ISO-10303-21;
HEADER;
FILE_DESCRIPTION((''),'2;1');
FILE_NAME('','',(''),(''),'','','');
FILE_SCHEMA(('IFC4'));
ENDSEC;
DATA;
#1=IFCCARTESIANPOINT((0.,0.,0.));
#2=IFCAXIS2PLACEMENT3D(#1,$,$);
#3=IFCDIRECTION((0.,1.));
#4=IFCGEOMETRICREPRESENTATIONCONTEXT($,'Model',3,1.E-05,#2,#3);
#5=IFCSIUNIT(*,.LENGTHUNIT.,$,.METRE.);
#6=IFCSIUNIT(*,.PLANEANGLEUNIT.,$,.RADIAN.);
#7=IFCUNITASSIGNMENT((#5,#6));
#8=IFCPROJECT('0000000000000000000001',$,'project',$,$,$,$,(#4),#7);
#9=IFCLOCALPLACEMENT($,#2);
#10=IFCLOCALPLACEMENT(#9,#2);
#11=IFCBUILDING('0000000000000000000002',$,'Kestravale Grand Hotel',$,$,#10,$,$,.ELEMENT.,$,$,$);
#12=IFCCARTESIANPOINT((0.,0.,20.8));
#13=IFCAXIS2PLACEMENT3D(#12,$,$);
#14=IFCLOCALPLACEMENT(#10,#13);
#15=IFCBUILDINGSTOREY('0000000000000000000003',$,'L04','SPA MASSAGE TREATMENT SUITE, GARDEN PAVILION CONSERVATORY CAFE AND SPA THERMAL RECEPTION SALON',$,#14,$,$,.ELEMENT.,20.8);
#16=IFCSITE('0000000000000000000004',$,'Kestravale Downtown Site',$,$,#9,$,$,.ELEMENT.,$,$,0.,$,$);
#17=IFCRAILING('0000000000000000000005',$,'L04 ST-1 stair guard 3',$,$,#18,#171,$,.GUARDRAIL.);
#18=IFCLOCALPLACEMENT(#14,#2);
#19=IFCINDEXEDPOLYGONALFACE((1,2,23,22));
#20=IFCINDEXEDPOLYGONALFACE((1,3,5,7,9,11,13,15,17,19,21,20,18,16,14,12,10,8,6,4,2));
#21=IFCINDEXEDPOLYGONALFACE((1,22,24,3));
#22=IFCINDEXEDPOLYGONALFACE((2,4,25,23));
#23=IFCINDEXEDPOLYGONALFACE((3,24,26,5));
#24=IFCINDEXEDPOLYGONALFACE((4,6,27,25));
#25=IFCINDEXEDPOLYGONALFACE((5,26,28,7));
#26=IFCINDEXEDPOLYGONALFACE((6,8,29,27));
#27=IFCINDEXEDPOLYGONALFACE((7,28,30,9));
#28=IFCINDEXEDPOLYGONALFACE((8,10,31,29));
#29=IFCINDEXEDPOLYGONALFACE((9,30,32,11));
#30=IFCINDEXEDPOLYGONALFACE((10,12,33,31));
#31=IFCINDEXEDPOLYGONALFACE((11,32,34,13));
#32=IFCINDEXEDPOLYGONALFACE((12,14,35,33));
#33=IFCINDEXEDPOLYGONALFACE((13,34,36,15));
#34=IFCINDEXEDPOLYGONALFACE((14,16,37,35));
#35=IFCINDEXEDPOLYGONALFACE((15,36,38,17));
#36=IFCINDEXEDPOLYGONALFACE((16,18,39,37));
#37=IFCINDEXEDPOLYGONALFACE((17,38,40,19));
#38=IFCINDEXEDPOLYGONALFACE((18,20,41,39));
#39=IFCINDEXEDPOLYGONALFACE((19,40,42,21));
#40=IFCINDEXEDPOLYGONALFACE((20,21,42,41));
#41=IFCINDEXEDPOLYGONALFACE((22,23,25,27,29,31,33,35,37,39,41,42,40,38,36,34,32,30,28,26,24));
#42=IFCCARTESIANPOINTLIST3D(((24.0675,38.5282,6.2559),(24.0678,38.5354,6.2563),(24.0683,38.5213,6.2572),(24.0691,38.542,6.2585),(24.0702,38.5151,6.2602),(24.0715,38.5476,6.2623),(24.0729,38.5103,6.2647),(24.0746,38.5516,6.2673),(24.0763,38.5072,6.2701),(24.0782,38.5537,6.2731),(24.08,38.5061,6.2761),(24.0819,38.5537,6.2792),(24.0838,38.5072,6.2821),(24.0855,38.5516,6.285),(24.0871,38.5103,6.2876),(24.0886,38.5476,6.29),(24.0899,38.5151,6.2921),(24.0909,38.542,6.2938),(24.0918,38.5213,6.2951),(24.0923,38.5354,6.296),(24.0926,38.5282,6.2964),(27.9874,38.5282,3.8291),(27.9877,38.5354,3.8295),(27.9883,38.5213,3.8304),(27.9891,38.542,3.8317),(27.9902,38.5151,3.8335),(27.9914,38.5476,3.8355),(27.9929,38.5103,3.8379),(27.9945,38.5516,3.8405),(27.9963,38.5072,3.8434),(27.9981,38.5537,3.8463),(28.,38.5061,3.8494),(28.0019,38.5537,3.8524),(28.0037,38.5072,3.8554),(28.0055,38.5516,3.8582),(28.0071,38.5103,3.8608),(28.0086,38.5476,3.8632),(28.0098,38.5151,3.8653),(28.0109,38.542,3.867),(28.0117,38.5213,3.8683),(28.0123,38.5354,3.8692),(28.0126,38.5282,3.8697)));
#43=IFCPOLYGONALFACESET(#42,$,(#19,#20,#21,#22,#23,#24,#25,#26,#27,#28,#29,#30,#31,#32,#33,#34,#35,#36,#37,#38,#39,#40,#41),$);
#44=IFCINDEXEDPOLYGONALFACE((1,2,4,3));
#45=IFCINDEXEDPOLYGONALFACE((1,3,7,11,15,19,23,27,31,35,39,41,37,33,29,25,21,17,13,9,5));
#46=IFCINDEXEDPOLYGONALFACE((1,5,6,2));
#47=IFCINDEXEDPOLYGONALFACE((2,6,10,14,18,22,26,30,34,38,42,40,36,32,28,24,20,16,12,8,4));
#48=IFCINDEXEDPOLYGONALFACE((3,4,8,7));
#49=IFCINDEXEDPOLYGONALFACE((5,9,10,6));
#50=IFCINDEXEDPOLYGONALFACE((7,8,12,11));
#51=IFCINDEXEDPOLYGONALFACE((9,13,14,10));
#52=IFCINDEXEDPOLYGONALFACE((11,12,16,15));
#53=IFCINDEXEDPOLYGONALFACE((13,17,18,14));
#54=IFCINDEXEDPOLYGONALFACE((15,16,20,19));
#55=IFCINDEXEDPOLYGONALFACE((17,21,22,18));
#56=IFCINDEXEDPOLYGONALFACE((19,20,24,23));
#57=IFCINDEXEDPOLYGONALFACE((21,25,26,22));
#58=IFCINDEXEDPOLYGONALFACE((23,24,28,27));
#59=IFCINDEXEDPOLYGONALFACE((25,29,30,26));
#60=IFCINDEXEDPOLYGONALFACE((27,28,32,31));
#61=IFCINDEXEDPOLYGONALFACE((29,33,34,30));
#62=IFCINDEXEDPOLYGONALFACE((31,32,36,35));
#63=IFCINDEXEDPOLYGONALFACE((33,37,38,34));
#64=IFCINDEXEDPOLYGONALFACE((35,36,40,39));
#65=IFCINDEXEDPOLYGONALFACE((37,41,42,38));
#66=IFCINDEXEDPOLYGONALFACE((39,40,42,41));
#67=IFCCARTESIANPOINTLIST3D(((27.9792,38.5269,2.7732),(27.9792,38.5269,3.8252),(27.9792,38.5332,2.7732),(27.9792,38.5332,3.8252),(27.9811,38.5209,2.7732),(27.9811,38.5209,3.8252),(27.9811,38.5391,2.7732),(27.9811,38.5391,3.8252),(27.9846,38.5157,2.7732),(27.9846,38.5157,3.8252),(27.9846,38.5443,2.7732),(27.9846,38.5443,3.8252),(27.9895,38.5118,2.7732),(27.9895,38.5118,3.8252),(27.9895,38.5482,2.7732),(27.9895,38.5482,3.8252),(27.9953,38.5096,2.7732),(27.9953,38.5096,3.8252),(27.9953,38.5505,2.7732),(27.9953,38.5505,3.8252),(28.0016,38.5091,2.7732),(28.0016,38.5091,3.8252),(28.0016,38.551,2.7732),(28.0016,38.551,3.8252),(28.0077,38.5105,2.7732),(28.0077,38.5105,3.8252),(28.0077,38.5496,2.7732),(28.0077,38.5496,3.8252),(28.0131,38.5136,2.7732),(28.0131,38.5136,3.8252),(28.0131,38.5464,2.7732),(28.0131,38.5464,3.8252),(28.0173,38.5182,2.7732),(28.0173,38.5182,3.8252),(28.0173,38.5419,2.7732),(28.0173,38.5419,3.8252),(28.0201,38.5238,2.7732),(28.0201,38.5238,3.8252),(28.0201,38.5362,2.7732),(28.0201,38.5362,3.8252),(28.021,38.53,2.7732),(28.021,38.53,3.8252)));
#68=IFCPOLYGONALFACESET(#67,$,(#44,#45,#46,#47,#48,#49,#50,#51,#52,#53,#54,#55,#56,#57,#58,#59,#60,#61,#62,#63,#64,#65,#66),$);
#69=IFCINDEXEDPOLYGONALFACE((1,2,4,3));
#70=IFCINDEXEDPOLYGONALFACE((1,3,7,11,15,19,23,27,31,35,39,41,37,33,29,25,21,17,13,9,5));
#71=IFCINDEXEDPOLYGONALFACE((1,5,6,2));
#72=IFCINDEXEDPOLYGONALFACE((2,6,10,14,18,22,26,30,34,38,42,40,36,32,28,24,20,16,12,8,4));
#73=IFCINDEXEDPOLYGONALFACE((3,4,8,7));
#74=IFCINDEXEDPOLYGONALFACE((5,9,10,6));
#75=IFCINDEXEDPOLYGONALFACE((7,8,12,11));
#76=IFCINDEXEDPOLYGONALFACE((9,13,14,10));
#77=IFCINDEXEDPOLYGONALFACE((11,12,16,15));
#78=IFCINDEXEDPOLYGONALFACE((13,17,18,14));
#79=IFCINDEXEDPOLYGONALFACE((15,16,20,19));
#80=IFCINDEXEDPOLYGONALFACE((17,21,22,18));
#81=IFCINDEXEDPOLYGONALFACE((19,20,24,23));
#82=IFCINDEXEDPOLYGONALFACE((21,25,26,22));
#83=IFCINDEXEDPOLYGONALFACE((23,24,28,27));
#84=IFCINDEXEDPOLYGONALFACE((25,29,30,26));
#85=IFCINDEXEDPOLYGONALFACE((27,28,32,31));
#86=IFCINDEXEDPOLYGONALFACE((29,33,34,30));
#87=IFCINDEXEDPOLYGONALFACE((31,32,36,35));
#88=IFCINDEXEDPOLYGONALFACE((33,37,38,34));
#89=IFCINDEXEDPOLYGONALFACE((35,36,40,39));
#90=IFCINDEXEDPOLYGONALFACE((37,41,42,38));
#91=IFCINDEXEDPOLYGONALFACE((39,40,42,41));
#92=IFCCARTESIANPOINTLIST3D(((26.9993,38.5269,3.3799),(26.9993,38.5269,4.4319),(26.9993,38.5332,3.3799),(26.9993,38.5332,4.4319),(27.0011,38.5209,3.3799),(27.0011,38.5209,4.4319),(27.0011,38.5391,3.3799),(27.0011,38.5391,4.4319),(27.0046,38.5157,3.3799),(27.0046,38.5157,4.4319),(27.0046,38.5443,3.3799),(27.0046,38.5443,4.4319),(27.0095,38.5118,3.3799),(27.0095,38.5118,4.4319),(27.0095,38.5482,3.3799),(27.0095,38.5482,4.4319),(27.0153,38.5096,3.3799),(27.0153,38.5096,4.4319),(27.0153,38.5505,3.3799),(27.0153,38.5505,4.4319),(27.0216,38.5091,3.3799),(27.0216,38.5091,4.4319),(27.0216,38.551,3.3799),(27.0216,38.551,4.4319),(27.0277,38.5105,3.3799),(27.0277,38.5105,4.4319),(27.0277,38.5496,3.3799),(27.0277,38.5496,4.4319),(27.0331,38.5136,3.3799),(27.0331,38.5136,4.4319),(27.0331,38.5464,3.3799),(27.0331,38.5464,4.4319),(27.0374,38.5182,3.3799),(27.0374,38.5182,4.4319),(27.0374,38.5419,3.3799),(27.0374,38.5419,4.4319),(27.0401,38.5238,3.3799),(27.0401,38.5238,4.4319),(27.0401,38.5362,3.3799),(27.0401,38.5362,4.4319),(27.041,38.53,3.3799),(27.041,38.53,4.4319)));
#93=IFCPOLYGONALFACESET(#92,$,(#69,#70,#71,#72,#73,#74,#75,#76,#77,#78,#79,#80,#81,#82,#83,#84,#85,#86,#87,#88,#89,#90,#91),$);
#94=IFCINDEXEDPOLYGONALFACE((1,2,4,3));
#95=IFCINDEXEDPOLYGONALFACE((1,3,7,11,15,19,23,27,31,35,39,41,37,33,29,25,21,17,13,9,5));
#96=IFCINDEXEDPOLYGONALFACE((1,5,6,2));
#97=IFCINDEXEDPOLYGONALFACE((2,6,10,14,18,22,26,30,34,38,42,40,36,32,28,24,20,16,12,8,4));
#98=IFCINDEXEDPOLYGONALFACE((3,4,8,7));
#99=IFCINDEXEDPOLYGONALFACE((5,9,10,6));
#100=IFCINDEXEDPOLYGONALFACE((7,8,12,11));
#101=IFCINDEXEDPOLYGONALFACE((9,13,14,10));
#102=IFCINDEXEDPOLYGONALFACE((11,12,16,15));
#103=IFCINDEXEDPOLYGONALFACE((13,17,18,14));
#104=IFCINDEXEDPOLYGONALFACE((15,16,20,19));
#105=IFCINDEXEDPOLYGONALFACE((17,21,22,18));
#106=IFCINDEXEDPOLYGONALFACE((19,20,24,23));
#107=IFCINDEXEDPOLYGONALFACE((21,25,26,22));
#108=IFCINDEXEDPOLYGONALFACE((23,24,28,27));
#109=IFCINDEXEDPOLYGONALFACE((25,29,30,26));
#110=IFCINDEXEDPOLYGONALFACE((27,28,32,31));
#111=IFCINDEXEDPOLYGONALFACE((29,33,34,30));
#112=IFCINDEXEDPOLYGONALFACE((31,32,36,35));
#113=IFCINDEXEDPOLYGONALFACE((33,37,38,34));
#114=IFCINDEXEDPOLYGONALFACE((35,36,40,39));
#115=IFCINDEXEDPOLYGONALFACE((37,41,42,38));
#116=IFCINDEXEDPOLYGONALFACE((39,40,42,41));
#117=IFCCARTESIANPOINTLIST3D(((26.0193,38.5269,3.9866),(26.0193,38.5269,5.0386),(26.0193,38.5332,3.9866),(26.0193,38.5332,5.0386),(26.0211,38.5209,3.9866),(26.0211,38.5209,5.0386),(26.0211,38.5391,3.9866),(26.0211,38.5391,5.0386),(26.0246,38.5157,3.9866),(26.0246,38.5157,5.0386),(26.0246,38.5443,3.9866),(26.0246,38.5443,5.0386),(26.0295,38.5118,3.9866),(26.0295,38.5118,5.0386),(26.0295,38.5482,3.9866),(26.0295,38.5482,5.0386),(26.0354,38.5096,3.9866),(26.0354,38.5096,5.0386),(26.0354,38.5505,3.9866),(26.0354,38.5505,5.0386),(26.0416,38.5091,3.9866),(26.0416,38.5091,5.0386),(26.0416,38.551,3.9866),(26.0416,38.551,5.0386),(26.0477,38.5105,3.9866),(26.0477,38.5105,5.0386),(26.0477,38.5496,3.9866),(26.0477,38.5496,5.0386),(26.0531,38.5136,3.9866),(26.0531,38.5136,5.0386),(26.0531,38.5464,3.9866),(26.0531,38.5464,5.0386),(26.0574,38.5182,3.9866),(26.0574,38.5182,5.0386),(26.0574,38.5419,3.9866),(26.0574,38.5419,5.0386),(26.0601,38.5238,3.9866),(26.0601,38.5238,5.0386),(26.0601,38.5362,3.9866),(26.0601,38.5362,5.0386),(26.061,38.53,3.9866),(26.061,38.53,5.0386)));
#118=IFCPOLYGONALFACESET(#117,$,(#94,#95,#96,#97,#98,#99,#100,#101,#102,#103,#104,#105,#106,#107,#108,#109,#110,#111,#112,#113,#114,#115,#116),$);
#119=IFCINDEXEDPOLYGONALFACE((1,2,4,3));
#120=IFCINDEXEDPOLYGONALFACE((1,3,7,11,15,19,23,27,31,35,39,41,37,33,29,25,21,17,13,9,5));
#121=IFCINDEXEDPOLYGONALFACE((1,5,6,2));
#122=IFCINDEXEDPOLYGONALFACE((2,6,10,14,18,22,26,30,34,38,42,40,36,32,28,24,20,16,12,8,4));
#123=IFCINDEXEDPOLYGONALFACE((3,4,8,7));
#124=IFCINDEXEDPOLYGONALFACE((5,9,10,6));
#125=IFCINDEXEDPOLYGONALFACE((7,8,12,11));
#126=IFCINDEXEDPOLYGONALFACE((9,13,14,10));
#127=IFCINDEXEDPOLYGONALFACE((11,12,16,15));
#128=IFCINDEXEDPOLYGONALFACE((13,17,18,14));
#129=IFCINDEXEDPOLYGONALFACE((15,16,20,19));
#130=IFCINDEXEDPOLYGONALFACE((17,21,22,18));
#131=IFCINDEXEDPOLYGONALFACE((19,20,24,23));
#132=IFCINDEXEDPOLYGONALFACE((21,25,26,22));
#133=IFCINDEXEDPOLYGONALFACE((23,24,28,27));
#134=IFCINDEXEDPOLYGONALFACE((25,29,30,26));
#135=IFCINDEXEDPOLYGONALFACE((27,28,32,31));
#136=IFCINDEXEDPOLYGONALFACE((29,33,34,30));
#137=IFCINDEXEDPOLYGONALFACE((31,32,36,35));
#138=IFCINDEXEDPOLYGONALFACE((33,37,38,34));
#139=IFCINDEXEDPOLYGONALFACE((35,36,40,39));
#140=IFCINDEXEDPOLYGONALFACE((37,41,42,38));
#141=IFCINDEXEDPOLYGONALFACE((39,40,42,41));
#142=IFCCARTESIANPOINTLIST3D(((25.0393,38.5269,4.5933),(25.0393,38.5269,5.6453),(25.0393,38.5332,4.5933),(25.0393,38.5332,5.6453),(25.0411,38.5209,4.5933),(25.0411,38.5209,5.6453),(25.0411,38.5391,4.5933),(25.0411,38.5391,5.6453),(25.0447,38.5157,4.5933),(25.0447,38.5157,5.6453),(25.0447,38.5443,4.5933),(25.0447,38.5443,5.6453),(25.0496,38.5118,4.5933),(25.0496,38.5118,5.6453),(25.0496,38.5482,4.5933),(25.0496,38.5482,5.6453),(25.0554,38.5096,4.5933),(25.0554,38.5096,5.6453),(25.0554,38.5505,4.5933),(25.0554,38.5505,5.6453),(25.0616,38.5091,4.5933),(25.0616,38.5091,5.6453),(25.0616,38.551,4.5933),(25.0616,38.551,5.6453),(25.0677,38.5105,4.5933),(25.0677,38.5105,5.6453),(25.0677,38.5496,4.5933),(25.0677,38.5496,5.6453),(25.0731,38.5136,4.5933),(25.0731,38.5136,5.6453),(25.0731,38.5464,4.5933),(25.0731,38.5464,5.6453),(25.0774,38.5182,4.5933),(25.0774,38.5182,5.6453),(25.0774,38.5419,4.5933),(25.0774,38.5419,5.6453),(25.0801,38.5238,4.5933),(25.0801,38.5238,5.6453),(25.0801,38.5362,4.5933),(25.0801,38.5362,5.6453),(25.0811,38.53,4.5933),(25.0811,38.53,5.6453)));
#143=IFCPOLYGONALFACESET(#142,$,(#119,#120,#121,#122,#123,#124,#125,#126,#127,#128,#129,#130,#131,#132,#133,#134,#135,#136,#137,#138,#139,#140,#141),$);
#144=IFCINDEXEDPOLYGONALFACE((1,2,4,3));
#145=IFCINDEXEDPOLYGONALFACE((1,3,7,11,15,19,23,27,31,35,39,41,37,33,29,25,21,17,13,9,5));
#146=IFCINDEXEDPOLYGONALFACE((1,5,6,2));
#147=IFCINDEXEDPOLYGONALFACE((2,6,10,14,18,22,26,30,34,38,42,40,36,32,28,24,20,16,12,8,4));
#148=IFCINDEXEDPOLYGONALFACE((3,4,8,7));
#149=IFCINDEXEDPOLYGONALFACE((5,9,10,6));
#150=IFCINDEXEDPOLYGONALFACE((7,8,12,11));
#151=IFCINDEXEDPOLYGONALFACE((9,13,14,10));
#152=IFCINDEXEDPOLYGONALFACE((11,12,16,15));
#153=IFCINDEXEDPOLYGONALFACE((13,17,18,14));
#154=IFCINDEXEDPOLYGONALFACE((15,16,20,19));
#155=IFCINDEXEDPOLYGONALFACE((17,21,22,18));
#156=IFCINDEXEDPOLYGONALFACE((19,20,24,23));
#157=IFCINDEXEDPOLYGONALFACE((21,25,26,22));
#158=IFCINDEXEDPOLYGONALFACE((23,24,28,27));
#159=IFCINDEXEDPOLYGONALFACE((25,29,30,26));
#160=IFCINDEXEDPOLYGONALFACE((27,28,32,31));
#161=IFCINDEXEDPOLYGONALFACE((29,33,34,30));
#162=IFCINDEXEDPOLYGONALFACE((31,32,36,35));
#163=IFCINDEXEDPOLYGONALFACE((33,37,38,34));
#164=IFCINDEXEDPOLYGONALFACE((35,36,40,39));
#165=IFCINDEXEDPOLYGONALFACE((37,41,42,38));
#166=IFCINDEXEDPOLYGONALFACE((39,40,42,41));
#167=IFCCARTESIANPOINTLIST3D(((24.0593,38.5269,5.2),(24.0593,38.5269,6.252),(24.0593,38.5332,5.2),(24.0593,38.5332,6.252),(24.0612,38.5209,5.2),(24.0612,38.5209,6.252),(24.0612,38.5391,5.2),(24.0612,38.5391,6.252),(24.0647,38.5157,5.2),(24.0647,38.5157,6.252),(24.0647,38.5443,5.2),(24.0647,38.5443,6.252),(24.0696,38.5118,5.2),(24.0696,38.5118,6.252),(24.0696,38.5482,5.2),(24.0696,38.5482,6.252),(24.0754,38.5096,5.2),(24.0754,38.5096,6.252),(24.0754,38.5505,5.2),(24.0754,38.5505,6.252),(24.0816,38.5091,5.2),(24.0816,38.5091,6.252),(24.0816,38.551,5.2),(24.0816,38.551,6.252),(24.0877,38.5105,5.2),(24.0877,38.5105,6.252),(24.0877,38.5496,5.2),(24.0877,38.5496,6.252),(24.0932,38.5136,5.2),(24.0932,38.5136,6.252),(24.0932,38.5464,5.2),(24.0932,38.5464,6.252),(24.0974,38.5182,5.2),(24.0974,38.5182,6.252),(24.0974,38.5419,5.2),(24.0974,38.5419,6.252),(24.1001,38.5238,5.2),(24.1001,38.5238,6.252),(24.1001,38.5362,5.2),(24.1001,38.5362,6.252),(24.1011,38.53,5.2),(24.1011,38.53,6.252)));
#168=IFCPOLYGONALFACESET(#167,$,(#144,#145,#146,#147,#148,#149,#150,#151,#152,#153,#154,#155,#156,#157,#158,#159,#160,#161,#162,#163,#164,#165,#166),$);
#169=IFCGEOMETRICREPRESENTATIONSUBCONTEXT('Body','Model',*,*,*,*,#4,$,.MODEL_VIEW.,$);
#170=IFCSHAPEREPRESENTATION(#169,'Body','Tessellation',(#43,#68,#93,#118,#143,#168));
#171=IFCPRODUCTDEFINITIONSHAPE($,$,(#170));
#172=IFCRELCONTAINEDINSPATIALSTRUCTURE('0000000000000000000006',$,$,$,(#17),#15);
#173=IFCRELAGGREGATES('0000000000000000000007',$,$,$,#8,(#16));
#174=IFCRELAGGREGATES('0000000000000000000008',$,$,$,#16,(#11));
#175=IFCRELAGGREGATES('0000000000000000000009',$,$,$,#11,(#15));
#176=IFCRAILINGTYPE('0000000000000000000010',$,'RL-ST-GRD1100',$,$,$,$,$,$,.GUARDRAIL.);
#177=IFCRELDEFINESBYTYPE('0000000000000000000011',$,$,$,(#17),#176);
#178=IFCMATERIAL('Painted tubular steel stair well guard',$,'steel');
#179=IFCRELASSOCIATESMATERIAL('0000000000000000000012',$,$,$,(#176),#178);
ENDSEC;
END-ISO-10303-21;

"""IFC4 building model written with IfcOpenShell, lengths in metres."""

from ifc_helpers import new_model, si_unit, direction, frame, origin, origin_2d, place, context, subcontext, project, spatial, circle, extrude, material, type_object, element, save


model = new_model("IFC4")

# Units and contexts
model_context = context("Model", 3, precision=1e-05, world=origin(), true_north=direction((0.0, 1.0)))
body_context = subcontext(model_context, "Body", "Model", "MODEL_VIEW")
ifc_project = project(units=[si_unit("LENGTHUNIT", "METRE"), si_unit("PLANEANGLEUNIT", "RADIAN")], contexts=[model_context])

# Site, building, storey
site_placement = place(None, origin())
site = spatial("IfcSite", under=ifc_project, at=site_placement, Name="Kestravale Downtown Site", CompositionType="ELEMENT", RefElevation=0.0)
building_placement = place(site_placement, origin())
building = spatial("IfcBuilding", under=site, at=building_placement, Name="Kestravale Grand Hotel", CompositionType="ELEMENT")
storey_placement = place(building_placement, frame((0.0, 0.0, 20.8)))
storey = spatial("IfcBuildingStorey", under=building, at=storey_placement, Name="L04", Description="SPA MASSAGE TREATMENT SUITE, GARDEN PAVILION CONSERVATORY CAFE AND SPA THERMAL RECEPTION SALON", CompositionType="ELEMENT", Elevation=20.8)

# Railing
ifc_material_1 = material(Name="Painted tubular steel stair well guard", Category="steel")
railing_type_1 = type_object("IfcRailingType", Name="RL-ST-GRD1100", PredefinedType="GUARDRAIL", material=ifc_material_1)
railing_1_placement = place(storey_placement, frame((28.0, 38.53, 2.7732)))
element("IfcRailing", 1, at=railing_1_placement, inside=storey, type_object=railing_type_1, Name="L04 ST-1 stair guard 3", PredefinedType="GUARDRAIL", context=body_context, shape_type="SweptSolid", body=[
    extrude(circle(Radius=0.0239, at=origin_2d()), frame((0.0, 0.0, 1.0762), z_axis=(-0.850252, 0.0, 0.526376), x_axis=(0.0, -1.0, 0.0)), (0.0, 0.0, 1.0), 4.6104),
    extrude(circle(Radius=0.021, at=origin_2d()), origin(), (0.0, 0.0, 1.0), 1.052),
    extrude(circle(Radius=0.021, at=origin_2d()), frame((-0.98, 0.0, 0.6067)), (0.0, 0.0, 1.0), 1.052),
    extrude(circle(Radius=0.021, at=origin_2d()), frame((-1.96, 0.0, 1.2134)), (0.0, 0.0, 1.0), 1.052),
    extrude(circle(Radius=0.021, at=origin_2d()), frame((-2.9399, 0.0, 1.8201)), (0.0, 0.0, 1.0), 1.052),
    extrude(circle(Radius=0.021, at=origin_2d()), frame((-3.9199, 0.0, 2.4268)), (0.0, 0.0, 1.0), 1.052),
])

save(model, "model.ifc")
